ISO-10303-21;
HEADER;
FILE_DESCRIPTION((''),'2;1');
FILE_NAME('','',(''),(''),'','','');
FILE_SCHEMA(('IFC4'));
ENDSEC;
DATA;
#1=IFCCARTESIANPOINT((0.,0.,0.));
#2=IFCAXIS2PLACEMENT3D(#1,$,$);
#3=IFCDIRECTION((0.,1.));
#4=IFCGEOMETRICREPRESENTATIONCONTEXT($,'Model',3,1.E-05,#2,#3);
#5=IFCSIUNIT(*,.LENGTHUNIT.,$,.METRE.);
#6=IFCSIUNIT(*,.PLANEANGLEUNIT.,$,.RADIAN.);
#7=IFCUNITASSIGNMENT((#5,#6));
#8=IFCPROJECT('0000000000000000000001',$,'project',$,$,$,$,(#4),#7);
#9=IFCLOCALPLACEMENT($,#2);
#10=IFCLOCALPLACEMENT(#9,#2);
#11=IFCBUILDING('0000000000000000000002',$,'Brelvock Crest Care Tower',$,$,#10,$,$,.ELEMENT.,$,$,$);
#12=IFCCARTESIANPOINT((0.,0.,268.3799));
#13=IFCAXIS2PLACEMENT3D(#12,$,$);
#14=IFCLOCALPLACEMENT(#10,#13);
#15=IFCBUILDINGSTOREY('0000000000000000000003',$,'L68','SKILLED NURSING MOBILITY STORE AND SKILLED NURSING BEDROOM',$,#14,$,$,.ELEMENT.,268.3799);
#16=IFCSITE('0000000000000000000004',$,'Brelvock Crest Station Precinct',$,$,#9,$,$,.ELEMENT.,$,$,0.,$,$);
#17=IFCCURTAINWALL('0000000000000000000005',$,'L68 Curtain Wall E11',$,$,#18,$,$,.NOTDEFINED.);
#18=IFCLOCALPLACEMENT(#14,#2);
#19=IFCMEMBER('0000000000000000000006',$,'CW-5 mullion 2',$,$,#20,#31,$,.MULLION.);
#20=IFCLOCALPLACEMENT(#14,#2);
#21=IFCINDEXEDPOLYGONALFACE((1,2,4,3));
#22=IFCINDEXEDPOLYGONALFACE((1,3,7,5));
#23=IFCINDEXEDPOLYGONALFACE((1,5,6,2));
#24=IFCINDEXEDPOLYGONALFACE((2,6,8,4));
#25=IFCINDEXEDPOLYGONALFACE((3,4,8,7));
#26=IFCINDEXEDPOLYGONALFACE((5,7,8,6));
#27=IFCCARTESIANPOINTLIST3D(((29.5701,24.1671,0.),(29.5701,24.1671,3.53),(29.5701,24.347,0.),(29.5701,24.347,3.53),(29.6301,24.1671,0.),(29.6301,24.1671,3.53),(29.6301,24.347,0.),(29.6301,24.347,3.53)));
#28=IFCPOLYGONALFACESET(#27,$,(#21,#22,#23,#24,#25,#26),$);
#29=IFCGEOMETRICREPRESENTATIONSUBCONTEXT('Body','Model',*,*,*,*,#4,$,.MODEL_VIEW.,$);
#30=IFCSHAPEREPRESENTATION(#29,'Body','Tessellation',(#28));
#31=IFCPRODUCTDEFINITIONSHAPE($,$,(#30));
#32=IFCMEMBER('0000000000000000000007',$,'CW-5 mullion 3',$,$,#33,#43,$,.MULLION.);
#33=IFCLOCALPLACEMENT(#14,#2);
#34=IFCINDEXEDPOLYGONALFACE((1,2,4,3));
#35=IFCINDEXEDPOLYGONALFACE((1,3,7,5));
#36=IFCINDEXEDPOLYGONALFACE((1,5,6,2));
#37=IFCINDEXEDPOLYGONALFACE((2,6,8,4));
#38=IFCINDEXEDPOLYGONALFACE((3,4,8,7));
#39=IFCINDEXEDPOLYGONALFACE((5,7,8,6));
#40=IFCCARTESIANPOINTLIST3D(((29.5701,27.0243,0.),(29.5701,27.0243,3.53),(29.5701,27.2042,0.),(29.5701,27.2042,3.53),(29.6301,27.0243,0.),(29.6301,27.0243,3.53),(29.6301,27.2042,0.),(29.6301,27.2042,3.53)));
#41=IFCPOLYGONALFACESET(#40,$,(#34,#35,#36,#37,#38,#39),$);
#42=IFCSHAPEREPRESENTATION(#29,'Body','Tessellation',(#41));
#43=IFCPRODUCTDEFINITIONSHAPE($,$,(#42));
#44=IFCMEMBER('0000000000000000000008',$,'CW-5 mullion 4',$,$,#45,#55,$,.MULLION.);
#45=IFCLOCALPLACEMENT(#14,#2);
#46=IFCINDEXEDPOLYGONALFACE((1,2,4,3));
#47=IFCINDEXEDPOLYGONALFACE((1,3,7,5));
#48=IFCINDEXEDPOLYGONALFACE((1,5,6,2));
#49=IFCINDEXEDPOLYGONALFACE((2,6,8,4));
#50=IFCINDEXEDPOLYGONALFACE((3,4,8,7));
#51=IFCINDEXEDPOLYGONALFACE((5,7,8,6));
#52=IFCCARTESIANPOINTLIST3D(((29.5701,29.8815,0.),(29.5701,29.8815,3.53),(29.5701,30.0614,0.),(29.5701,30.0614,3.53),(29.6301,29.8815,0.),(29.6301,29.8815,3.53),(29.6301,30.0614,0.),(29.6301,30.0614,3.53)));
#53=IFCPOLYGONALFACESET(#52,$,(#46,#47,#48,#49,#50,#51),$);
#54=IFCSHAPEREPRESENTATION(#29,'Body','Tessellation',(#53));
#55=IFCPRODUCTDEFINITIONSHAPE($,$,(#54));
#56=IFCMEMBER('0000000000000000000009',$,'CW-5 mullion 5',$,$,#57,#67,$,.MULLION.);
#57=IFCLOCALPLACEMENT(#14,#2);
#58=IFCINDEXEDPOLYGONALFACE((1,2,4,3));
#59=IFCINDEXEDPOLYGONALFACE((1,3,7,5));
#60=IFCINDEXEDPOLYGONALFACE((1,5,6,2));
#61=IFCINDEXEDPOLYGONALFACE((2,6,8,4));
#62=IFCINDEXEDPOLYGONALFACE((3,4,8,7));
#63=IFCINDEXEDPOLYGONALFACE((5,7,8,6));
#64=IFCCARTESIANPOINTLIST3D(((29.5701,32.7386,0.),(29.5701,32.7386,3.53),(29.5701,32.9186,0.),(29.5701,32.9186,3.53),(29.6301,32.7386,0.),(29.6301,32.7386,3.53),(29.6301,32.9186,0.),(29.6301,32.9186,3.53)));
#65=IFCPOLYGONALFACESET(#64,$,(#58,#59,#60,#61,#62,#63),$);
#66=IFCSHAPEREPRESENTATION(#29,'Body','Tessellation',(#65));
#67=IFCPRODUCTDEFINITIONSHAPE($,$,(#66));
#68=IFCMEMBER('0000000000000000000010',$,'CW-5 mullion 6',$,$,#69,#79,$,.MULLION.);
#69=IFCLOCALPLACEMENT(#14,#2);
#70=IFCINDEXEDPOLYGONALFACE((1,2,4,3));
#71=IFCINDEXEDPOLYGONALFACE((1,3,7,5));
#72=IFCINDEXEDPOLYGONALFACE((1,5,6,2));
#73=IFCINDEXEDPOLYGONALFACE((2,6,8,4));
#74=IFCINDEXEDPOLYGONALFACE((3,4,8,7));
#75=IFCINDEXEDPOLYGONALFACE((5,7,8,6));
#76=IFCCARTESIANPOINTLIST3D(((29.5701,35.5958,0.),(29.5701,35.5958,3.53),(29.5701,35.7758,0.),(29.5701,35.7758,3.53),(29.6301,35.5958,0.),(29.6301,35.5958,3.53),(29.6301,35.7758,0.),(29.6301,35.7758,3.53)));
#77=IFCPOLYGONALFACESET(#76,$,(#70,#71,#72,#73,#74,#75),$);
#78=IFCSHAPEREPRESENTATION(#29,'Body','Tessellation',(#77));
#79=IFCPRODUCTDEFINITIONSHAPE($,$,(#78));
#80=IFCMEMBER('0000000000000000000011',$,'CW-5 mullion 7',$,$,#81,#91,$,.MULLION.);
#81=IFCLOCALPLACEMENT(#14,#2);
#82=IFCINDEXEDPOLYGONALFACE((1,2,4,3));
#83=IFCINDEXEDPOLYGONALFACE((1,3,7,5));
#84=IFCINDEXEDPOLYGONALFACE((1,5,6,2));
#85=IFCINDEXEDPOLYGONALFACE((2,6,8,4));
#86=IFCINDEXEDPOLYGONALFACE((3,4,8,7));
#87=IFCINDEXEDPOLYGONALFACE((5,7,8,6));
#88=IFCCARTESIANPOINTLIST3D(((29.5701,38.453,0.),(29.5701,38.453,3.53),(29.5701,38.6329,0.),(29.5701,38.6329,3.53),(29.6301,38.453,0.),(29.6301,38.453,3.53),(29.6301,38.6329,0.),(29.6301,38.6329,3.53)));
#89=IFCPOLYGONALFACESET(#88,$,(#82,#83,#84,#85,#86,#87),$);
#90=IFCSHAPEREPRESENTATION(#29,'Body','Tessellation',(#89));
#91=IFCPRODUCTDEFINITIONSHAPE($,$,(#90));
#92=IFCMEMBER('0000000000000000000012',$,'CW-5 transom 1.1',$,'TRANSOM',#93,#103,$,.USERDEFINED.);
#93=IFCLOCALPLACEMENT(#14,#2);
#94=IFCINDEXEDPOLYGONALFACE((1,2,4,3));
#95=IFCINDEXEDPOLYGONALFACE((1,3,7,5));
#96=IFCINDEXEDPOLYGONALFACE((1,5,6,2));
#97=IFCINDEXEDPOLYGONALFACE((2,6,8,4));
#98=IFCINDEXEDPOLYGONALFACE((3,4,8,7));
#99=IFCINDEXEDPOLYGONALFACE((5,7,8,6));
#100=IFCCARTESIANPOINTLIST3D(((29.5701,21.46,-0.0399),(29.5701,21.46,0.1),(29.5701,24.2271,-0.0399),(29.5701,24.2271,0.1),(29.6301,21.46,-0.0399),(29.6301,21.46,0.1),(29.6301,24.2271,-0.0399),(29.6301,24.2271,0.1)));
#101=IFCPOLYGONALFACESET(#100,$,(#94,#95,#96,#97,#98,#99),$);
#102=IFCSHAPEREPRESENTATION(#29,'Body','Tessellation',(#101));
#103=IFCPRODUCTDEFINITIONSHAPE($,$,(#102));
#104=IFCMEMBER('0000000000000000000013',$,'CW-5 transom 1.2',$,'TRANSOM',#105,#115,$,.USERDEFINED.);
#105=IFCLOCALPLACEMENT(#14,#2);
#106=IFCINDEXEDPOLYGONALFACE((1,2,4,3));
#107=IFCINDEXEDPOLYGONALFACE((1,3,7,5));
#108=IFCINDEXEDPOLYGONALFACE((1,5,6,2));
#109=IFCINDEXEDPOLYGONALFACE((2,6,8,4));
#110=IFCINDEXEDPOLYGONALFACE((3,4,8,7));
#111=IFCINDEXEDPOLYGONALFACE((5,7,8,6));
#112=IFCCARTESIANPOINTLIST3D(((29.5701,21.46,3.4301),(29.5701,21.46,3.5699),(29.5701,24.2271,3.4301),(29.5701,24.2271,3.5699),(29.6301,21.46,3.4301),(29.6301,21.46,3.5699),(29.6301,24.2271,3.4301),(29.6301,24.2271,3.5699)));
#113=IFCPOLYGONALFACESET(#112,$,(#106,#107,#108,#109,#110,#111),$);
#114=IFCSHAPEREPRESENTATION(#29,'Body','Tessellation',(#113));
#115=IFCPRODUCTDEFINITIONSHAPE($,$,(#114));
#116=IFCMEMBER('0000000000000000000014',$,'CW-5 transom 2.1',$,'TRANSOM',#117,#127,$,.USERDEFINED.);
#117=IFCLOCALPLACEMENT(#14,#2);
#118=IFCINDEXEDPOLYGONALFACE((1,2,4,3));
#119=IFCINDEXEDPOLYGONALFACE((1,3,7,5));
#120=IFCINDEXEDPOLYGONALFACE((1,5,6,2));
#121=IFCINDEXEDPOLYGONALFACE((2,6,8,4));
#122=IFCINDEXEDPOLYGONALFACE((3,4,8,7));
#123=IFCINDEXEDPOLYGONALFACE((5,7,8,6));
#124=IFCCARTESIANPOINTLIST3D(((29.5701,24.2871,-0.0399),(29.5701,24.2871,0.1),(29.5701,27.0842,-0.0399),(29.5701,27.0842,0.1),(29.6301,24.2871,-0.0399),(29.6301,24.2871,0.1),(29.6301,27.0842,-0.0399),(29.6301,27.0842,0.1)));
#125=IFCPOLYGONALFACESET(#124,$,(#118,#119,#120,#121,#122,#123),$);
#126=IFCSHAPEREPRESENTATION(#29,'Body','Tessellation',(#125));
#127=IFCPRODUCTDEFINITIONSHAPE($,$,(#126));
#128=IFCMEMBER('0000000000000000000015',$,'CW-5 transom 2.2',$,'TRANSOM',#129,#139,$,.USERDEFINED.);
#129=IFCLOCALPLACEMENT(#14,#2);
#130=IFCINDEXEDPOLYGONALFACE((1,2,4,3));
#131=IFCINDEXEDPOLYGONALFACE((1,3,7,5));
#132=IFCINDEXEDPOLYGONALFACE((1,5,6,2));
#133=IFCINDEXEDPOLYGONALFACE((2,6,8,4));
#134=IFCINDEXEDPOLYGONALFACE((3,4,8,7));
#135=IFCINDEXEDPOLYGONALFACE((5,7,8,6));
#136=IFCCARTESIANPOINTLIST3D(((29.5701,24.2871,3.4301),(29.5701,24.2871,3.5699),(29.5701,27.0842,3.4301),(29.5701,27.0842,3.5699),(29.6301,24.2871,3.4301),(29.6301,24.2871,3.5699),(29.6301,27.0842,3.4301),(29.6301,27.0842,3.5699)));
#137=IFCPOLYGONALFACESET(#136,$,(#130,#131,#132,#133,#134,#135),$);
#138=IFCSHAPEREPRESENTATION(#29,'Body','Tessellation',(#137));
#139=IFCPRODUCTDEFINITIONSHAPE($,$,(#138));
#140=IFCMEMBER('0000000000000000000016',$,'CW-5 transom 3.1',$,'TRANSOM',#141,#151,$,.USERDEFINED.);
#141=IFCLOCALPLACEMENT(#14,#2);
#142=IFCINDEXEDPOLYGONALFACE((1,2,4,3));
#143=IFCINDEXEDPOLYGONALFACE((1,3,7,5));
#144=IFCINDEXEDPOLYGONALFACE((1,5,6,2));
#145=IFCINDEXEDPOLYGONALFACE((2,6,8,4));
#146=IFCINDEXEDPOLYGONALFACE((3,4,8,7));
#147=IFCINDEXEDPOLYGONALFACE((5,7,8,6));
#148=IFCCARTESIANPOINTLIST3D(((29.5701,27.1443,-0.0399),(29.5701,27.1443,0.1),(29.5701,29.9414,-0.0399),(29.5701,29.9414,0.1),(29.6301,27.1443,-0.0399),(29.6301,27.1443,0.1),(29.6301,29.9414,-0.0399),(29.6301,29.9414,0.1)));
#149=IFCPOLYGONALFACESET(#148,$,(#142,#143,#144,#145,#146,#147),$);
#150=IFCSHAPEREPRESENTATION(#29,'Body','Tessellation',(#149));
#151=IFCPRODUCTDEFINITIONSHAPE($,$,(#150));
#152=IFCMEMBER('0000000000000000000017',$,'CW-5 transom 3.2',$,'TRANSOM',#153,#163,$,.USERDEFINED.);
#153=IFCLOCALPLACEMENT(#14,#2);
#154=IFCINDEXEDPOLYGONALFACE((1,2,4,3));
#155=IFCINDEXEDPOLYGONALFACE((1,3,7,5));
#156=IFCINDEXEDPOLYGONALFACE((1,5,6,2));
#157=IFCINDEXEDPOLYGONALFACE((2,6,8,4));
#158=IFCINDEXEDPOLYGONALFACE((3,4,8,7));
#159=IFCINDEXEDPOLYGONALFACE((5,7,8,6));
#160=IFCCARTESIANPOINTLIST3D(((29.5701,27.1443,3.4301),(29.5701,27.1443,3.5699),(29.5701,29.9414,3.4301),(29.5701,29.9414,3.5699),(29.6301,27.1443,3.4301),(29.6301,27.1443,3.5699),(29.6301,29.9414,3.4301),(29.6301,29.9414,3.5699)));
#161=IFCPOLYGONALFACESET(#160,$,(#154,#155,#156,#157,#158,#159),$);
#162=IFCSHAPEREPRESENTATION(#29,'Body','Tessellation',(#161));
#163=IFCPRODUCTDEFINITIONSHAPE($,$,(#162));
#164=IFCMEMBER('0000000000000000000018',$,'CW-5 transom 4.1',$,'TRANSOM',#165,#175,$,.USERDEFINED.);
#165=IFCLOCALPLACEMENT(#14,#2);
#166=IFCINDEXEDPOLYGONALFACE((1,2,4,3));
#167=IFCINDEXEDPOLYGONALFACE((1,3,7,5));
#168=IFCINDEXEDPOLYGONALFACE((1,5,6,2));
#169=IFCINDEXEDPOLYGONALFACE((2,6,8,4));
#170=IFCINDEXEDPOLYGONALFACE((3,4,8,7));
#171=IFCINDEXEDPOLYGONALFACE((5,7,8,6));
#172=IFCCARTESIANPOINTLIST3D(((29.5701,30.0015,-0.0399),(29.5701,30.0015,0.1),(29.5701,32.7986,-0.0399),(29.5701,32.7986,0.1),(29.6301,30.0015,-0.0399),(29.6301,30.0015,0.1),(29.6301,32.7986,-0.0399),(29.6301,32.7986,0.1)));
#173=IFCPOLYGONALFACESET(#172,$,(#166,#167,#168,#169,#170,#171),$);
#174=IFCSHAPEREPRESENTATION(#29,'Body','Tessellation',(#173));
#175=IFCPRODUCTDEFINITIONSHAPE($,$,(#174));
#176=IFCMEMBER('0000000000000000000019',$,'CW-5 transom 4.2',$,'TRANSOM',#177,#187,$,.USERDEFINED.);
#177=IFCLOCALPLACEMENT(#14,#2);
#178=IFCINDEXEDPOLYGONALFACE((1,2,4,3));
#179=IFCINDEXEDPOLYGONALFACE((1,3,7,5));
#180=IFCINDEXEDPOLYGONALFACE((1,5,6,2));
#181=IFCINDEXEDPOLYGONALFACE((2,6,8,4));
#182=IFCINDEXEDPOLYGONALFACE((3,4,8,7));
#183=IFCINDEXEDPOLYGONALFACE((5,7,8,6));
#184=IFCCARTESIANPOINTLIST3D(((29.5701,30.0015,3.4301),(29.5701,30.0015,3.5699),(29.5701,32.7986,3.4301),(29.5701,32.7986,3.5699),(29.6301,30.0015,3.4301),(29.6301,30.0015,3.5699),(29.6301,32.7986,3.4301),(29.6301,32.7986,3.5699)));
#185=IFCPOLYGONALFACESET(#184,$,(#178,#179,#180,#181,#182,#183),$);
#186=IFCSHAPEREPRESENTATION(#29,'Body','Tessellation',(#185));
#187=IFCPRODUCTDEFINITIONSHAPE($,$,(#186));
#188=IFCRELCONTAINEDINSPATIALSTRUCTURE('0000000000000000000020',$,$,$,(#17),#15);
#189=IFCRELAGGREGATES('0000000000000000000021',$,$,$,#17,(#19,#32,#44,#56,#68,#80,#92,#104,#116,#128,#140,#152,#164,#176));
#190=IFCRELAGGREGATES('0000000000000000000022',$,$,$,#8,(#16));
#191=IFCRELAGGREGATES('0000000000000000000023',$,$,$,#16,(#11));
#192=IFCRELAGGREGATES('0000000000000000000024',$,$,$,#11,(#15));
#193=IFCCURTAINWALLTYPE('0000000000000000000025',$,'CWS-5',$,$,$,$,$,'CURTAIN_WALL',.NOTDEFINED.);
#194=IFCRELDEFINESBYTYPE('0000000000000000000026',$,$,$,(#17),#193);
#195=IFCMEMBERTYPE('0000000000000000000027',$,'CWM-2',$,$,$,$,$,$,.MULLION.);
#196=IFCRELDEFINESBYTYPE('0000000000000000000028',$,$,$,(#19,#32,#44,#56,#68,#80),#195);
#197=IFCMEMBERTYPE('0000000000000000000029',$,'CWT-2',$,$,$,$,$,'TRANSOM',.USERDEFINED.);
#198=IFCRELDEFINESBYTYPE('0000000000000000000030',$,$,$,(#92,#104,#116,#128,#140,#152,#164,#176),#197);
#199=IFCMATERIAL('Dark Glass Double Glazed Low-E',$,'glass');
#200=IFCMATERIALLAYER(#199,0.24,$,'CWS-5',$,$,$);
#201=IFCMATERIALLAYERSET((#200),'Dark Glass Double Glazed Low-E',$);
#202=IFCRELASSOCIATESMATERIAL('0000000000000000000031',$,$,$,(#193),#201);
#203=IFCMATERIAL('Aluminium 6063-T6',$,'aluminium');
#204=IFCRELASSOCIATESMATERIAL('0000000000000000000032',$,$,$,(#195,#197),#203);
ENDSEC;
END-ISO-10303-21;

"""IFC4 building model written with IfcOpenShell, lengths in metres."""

from ifc_helpers import new_model, si_unit, direction, frame, origin, origin_2d, place, context, subcontext, project, spatial, rectangle, extrude, source, transform, mapped, material, layer, layer_set, material_profile, profile_set, type_object, element, aggregate, save


model = new_model("IFC4")

# Units and contexts
model_context = context("Model", 3, precision=1e-05, world=origin(), true_north=direction((0.0, 1.0)))
body_context = subcontext(model_context, "Body", "Model", "MODEL_VIEW")
ifc_project = project(units=[si_unit("LENGTHUNIT", "METRE"), si_unit("PLANEANGLEUNIT", "RADIAN")], contexts=[model_context])

# Site, building, storey
site_placement = place(None, origin())
site = spatial("IfcSite", under=ifc_project, at=site_placement, Name="Brelvock Crest Station Precinct", CompositionType="ELEMENT", RefElevation=0.0)
building_placement = place(site_placement, origin())
building = spatial("IfcBuilding", under=site, at=building_placement, Name="Brelvock Crest Care Tower", CompositionType="ELEMENT")
storey_placement = place(building_placement, frame((0.0, 0.0, 268.3799)))
storey = spatial("IfcBuildingStorey", under=building, at=storey_placement, Name="L68", Description="SKILLED NURSING MOBILITY STORE AND SKILLED NURSING BEDROOM", CompositionType="ELEMENT", Elevation=268.3799)

# Curtain wall, members
ifc_material_1 = material(Name="Dark Glass Double Glazed Low-E", Category="glass")
ifc_layer_1 = layer(ifc_material_1, 0.24, Name="CWS-5")
ifc_layer_set_1 = layer_set([ifc_layer_1], Name="Dark Glass Double Glazed Low-E")
curtain_wall_type = type_object("IfcCurtainWallType", Name="CWS-5", ElementType="CURTAIN_WALL", PredefinedType="NOTDEFINED", material=ifc_layer_set_1)
curtain_wall_placement = place(storey_placement, origin())
curtain_wall = element("IfcCurtainWall", 1, at=curtain_wall_placement, inside=storey, type_object=curtain_wall_type, Name="L68 Curtain Wall E11", PredefinedType="NOTDEFINED")
ifc_material_2 = material(Name="Aluminium 6063-T6", Category="aluminium")
ifc_material_profile_1 = material_profile(ifc_material_2, rectangle(XDim=0.0601, YDim=0.1799, at=origin_2d()), Name="ALU60x180")
ifc_profile_set_1 = profile_set([ifc_material_profile_1], Name="Aluminium 6063-T6")
member_type_1 = type_object("IfcMemberType", Name="CWM-2", PredefinedType="MULLION", material=ifc_profile_set_1)
shared_shape_1 = source(origin(), body_context, "Body", "SweptSolid", [
    extrude(rectangle(XDim=0.0601, YDim=0.1799, at=origin_2d()), origin(), (0.0, 0.0, 1.0), 3.53),
])
member_1_placement = place(storey_placement, frame((29.6001, 24.2571, 0.0), z_axis=(0.0, 0.0, 1.0), x_axis=(-1.0, 0.0, 0.0)))
member_1 = element("IfcMember", 2, at=member_1_placement, type_object=member_type_1, Name="CW-5 mullion 2", PredefinedType="MULLION", context=body_context, shape_type="MappedRepresentation", body=[
    mapped(shared_shape_1, transform((0.0, 0.0, 0.0), x_axis=(1.0, 0.0, 0.0), y_axis=(0.0, 1.0, 0.0), z_axis=(0.0, 0.0, 1.0), scale=1.0)),
])
member_2_placement = place(storey_placement, frame((29.6001, 27.1143, 0.0), z_axis=(0.0, 0.0, 1.0), x_axis=(-1.0, 0.0, 0.0)))
member_2 = element("IfcMember", 3, at=member_2_placement, type_object=member_type_1, Name="CW-5 mullion 3", PredefinedType="MULLION", context=body_context, shape_type="MappedRepresentation", body=[
    mapped(shared_shape_1, transform((0.0, 0.0, 0.0), x_axis=(1.0, 0.0, 0.0), y_axis=(0.0, 1.0, 0.0), z_axis=(0.0, 0.0, 1.0), scale=1.0)),
])
member_3_placement = place(storey_placement, frame((29.6001, 29.9714, 0.0), z_axis=(0.0, 0.0, 1.0), x_axis=(-1.0, 0.0, 0.0)))
member_3 = element("IfcMember", 4, at=member_3_placement, type_object=member_type_1, Name="CW-5 mullion 4", PredefinedType="MULLION", context=body_context, shape_type="MappedRepresentation", body=[
    mapped(shared_shape_1, transform((0.0, 0.0, 0.0), x_axis=(1.0, 0.0, 0.0), y_axis=(0.0, 1.0, 0.0), z_axis=(0.0, 0.0, 1.0), scale=1.0)),
])
member_4_placement = place(storey_placement, frame((29.6001, 32.8286, 0.0), z_axis=(0.0, 0.0, 1.0), x_axis=(-1.0, 0.0, 0.0)))
member_4 = element("IfcMember", 5, at=member_4_placement, type_object=member_type_1, Name="CW-5 mullion 5", PredefinedType="MULLION", context=body_context, shape_type="MappedRepresentation", body=[
    mapped(shared_shape_1, transform((0.0, 0.0, 0.0), x_axis=(1.0, 0.0, 0.0), y_axis=(0.0, 1.0, 0.0), z_axis=(0.0, 0.0, 1.0), scale=1.0)),
])
member_5_placement = place(storey_placement, frame((29.6001, 35.6858, 0.0), z_axis=(0.0, 0.0, 1.0), x_axis=(-1.0, 0.0, 0.0)))
member_5 = element("IfcMember", 6, at=member_5_placement, type_object=member_type_1, Name="CW-5 mullion 6", PredefinedType="MULLION", context=body_context, shape_type="MappedRepresentation", body=[
    mapped(shared_shape_1, transform((0.0, 0.0, 0.0), x_axis=(1.0, 0.0, 0.0), y_axis=(0.0, 1.0, 0.0), z_axis=(0.0, 0.0, 1.0), scale=1.0)),
])
member_6_placement = place(storey_placement, frame((29.6001, 38.543, 0.0), z_axis=(0.0, 0.0, 1.0), x_axis=(-1.0, 0.0, 0.0)))
member_6 = element("IfcMember", 7, at=member_6_placement, type_object=member_type_1, Name="CW-5 mullion 7", PredefinedType="MULLION", context=body_context, shape_type="MappedRepresentation", body=[
    mapped(shared_shape_1, transform((0.0, 0.0, 0.0), x_axis=(1.0, 0.0, 0.0), y_axis=(0.0, 1.0, 0.0), z_axis=(0.0, 0.0, 1.0), scale=1.0)),
])
ifc_material_profile_2 = material_profile(ifc_material_2, rectangle(XDim=0.0601, YDim=0.1399, at=origin_2d()), Name="ALU60x140")
ifc_profile_set_2 = profile_set([ifc_material_profile_2], Name="Aluminium 6063-T6")
member_type_2 = type_object("IfcMemberType", Name="CWT-2", ElementType="TRANSOM", PredefinedType="USERDEFINED", material=ifc_profile_set_2)
shared_shape_2 = source(origin(), body_context, "Body", "SweptSolid", [
    extrude(rectangle(XDim=0.0601, YDim=0.1399, at=origin_2d()), origin(), (0.0, 0.0, 1.0), 2.7671),
])
member_7_placement = place(storey_placement, frame((29.6001, 21.46, 0.03), z_axis=(0.0, 1.0, 0.0), x_axis=(-1.0, 0.0, 0.0)))
member_7 = element("IfcMember", 8, at=member_7_placement, type_object=member_type_2, Name="CW-5 transom 1.1", ObjectType="TRANSOM", PredefinedType="USERDEFINED", context=body_context, shape_type="MappedRepresentation", body=[
    mapped(shared_shape_2, transform((0.0, 0.0, 0.0), x_axis=(1.0, 0.0, 0.0), y_axis=(0.0, 1.0, 0.0), z_axis=(0.0, 0.0, 1.0), scale=1.0)),
])
member_8_placement = place(storey_placement, frame((29.6001, 21.46, 3.5), z_axis=(0.0, 1.0, 0.0), x_axis=(-1.0, 0.0, 0.0)))
member_8 = element("IfcMember", 9, at=member_8_placement, type_object=member_type_2, Name="CW-5 transom 1.2", ObjectType="TRANSOM", PredefinedType="USERDEFINED", context=body_context, shape_type="MappedRepresentation", body=[
    mapped(shared_shape_2, transform((0.0, 0.0, 0.0), x_axis=(1.0, 0.0, 0.0), y_axis=(0.0, 1.0, 0.0), z_axis=(0.0, 0.0, 1.0), scale=1.0)),
])
shared_shape_3 = source(origin(), body_context, "Body", "SweptSolid", [
    extrude(rectangle(XDim=0.0601, YDim=0.1399, at=origin_2d()), origin(), (0.0, 0.0, 1.0), 2.7971),
])
member_9_placement = place(storey_placement, frame((29.6001, 24.2871, 0.03), z_axis=(0.0, 1.0, 0.0), x_axis=(-1.0, 0.0, 0.0)))
member_9 = element("IfcMember", 10, at=member_9_placement, type_object=member_type_2, Name="CW-5 transom 2.1", ObjectType="TRANSOM", PredefinedType="USERDEFINED", context=body_context, shape_type="MappedRepresentation", body=[
    mapped(shared_shape_3, transform((0.0, 0.0, 0.0), x_axis=(1.0, 0.0, 0.0), y_axis=(0.0, 1.0, 0.0), z_axis=(0.0, 0.0, 1.0), scale=1.0)),
])
member_10_placement = place(storey_placement, frame((29.6001, 24.2871, 3.5), z_axis=(0.0, 1.0, 0.0), x_axis=(-1.0, 0.0, 0.0)))
member_10 = element("IfcMember", 11, at=member_10_placement, type_object=member_type_2, Name="CW-5 transom 2.2", ObjectType="TRANSOM", PredefinedType="USERDEFINED", context=body_context, shape_type="MappedRepresentation", body=[
    mapped(shared_shape_3, transform((0.0, 0.0, 0.0), x_axis=(1.0, 0.0, 0.0), y_axis=(0.0, 1.0, 0.0), z_axis=(0.0, 0.0, 1.0), scale=1.0)),
])
member_11_placement = place(storey_placement, frame((29.6001, 27.1443, 0.03), z_axis=(0.0, 1.0, 0.0), x_axis=(-1.0, 0.0, 0.0)))
member_11 = element("IfcMember", 12, at=member_11_placement, type_object=member_type_2, Name="CW-5 transom 3.1", ObjectType="TRANSOM", PredefinedType="USERDEFINED", context=body_context, shape_type="MappedRepresentation", body=[
    mapped(shared_shape_3, transform((0.0, 0.0, 0.0), x_axis=(1.0, 0.0, 0.0), y_axis=(0.0, 1.0, 0.0), z_axis=(0.0, 0.0, 1.0), scale=1.0)),
])
member_12_placement = place(storey_placement, frame((29.6001, 27.1443, 3.5), z_axis=(0.0, 1.0, 0.0), x_axis=(-1.0, 0.0, 0.0)))
member_12 = element("IfcMember", 13, at=member_12_placement, type_object=member_type_2, Name="CW-5 transom 3.2", ObjectType="TRANSOM", PredefinedType="USERDEFINED", context=body_context, shape_type="MappedRepresentation", body=[
    mapped(shared_shape_3, transform((0.0, 0.0, 0.0), x_axis=(1.0, 0.0, 0.0), y_axis=(0.0, 1.0, 0.0), z_axis=(0.0, 0.0, 1.0), scale=1.0)),
])
member_13_placement = place(storey_placement, frame((29.6001, 30.0015, 0.03), z_axis=(0.0, 1.0, 0.0), x_axis=(-1.0, 0.0, 0.0)))
member_13 = element("IfcMember", 14, at=member_13_placement, type_object=member_type_2, Name="CW-5 transom 4.1", ObjectType="TRANSOM", PredefinedType="USERDEFINED", context=body_context, shape_type="MappedRepresentation", body=[
    mapped(shared_shape_3, transform((0.0, 0.0, 0.0), x_axis=(1.0, 0.0, 0.0), y_axis=(0.0, 1.0, 0.0), z_axis=(0.0, 0.0, 1.0), scale=1.0)),
])
member_14_placement = place(storey_placement, frame((29.6001, 30.0015, 3.5), z_axis=(0.0, 1.0, 0.0), x_axis=(-1.0, 0.0, 0.0)))
member_14 = element("IfcMember", 15, at=member_14_placement, type_object=member_type_2, Name="CW-5 transom 4.2", ObjectType="TRANSOM", PredefinedType="USERDEFINED", context=body_context, shape_type="MappedRepresentation", body=[
    mapped(shared_shape_3, transform((0.0, 0.0, 0.0), x_axis=(1.0, 0.0, 0.0), y_axis=(0.0, 1.0, 0.0), z_axis=(0.0, 0.0, 1.0), scale=1.0)),
])
aggregate(curtain_wall, [member_1, member_2, member_3, member_4, member_5, member_6, member_7, member_8, member_9, member_10, member_11, member_12, member_13, member_14])

save(model, "model.ifc")
